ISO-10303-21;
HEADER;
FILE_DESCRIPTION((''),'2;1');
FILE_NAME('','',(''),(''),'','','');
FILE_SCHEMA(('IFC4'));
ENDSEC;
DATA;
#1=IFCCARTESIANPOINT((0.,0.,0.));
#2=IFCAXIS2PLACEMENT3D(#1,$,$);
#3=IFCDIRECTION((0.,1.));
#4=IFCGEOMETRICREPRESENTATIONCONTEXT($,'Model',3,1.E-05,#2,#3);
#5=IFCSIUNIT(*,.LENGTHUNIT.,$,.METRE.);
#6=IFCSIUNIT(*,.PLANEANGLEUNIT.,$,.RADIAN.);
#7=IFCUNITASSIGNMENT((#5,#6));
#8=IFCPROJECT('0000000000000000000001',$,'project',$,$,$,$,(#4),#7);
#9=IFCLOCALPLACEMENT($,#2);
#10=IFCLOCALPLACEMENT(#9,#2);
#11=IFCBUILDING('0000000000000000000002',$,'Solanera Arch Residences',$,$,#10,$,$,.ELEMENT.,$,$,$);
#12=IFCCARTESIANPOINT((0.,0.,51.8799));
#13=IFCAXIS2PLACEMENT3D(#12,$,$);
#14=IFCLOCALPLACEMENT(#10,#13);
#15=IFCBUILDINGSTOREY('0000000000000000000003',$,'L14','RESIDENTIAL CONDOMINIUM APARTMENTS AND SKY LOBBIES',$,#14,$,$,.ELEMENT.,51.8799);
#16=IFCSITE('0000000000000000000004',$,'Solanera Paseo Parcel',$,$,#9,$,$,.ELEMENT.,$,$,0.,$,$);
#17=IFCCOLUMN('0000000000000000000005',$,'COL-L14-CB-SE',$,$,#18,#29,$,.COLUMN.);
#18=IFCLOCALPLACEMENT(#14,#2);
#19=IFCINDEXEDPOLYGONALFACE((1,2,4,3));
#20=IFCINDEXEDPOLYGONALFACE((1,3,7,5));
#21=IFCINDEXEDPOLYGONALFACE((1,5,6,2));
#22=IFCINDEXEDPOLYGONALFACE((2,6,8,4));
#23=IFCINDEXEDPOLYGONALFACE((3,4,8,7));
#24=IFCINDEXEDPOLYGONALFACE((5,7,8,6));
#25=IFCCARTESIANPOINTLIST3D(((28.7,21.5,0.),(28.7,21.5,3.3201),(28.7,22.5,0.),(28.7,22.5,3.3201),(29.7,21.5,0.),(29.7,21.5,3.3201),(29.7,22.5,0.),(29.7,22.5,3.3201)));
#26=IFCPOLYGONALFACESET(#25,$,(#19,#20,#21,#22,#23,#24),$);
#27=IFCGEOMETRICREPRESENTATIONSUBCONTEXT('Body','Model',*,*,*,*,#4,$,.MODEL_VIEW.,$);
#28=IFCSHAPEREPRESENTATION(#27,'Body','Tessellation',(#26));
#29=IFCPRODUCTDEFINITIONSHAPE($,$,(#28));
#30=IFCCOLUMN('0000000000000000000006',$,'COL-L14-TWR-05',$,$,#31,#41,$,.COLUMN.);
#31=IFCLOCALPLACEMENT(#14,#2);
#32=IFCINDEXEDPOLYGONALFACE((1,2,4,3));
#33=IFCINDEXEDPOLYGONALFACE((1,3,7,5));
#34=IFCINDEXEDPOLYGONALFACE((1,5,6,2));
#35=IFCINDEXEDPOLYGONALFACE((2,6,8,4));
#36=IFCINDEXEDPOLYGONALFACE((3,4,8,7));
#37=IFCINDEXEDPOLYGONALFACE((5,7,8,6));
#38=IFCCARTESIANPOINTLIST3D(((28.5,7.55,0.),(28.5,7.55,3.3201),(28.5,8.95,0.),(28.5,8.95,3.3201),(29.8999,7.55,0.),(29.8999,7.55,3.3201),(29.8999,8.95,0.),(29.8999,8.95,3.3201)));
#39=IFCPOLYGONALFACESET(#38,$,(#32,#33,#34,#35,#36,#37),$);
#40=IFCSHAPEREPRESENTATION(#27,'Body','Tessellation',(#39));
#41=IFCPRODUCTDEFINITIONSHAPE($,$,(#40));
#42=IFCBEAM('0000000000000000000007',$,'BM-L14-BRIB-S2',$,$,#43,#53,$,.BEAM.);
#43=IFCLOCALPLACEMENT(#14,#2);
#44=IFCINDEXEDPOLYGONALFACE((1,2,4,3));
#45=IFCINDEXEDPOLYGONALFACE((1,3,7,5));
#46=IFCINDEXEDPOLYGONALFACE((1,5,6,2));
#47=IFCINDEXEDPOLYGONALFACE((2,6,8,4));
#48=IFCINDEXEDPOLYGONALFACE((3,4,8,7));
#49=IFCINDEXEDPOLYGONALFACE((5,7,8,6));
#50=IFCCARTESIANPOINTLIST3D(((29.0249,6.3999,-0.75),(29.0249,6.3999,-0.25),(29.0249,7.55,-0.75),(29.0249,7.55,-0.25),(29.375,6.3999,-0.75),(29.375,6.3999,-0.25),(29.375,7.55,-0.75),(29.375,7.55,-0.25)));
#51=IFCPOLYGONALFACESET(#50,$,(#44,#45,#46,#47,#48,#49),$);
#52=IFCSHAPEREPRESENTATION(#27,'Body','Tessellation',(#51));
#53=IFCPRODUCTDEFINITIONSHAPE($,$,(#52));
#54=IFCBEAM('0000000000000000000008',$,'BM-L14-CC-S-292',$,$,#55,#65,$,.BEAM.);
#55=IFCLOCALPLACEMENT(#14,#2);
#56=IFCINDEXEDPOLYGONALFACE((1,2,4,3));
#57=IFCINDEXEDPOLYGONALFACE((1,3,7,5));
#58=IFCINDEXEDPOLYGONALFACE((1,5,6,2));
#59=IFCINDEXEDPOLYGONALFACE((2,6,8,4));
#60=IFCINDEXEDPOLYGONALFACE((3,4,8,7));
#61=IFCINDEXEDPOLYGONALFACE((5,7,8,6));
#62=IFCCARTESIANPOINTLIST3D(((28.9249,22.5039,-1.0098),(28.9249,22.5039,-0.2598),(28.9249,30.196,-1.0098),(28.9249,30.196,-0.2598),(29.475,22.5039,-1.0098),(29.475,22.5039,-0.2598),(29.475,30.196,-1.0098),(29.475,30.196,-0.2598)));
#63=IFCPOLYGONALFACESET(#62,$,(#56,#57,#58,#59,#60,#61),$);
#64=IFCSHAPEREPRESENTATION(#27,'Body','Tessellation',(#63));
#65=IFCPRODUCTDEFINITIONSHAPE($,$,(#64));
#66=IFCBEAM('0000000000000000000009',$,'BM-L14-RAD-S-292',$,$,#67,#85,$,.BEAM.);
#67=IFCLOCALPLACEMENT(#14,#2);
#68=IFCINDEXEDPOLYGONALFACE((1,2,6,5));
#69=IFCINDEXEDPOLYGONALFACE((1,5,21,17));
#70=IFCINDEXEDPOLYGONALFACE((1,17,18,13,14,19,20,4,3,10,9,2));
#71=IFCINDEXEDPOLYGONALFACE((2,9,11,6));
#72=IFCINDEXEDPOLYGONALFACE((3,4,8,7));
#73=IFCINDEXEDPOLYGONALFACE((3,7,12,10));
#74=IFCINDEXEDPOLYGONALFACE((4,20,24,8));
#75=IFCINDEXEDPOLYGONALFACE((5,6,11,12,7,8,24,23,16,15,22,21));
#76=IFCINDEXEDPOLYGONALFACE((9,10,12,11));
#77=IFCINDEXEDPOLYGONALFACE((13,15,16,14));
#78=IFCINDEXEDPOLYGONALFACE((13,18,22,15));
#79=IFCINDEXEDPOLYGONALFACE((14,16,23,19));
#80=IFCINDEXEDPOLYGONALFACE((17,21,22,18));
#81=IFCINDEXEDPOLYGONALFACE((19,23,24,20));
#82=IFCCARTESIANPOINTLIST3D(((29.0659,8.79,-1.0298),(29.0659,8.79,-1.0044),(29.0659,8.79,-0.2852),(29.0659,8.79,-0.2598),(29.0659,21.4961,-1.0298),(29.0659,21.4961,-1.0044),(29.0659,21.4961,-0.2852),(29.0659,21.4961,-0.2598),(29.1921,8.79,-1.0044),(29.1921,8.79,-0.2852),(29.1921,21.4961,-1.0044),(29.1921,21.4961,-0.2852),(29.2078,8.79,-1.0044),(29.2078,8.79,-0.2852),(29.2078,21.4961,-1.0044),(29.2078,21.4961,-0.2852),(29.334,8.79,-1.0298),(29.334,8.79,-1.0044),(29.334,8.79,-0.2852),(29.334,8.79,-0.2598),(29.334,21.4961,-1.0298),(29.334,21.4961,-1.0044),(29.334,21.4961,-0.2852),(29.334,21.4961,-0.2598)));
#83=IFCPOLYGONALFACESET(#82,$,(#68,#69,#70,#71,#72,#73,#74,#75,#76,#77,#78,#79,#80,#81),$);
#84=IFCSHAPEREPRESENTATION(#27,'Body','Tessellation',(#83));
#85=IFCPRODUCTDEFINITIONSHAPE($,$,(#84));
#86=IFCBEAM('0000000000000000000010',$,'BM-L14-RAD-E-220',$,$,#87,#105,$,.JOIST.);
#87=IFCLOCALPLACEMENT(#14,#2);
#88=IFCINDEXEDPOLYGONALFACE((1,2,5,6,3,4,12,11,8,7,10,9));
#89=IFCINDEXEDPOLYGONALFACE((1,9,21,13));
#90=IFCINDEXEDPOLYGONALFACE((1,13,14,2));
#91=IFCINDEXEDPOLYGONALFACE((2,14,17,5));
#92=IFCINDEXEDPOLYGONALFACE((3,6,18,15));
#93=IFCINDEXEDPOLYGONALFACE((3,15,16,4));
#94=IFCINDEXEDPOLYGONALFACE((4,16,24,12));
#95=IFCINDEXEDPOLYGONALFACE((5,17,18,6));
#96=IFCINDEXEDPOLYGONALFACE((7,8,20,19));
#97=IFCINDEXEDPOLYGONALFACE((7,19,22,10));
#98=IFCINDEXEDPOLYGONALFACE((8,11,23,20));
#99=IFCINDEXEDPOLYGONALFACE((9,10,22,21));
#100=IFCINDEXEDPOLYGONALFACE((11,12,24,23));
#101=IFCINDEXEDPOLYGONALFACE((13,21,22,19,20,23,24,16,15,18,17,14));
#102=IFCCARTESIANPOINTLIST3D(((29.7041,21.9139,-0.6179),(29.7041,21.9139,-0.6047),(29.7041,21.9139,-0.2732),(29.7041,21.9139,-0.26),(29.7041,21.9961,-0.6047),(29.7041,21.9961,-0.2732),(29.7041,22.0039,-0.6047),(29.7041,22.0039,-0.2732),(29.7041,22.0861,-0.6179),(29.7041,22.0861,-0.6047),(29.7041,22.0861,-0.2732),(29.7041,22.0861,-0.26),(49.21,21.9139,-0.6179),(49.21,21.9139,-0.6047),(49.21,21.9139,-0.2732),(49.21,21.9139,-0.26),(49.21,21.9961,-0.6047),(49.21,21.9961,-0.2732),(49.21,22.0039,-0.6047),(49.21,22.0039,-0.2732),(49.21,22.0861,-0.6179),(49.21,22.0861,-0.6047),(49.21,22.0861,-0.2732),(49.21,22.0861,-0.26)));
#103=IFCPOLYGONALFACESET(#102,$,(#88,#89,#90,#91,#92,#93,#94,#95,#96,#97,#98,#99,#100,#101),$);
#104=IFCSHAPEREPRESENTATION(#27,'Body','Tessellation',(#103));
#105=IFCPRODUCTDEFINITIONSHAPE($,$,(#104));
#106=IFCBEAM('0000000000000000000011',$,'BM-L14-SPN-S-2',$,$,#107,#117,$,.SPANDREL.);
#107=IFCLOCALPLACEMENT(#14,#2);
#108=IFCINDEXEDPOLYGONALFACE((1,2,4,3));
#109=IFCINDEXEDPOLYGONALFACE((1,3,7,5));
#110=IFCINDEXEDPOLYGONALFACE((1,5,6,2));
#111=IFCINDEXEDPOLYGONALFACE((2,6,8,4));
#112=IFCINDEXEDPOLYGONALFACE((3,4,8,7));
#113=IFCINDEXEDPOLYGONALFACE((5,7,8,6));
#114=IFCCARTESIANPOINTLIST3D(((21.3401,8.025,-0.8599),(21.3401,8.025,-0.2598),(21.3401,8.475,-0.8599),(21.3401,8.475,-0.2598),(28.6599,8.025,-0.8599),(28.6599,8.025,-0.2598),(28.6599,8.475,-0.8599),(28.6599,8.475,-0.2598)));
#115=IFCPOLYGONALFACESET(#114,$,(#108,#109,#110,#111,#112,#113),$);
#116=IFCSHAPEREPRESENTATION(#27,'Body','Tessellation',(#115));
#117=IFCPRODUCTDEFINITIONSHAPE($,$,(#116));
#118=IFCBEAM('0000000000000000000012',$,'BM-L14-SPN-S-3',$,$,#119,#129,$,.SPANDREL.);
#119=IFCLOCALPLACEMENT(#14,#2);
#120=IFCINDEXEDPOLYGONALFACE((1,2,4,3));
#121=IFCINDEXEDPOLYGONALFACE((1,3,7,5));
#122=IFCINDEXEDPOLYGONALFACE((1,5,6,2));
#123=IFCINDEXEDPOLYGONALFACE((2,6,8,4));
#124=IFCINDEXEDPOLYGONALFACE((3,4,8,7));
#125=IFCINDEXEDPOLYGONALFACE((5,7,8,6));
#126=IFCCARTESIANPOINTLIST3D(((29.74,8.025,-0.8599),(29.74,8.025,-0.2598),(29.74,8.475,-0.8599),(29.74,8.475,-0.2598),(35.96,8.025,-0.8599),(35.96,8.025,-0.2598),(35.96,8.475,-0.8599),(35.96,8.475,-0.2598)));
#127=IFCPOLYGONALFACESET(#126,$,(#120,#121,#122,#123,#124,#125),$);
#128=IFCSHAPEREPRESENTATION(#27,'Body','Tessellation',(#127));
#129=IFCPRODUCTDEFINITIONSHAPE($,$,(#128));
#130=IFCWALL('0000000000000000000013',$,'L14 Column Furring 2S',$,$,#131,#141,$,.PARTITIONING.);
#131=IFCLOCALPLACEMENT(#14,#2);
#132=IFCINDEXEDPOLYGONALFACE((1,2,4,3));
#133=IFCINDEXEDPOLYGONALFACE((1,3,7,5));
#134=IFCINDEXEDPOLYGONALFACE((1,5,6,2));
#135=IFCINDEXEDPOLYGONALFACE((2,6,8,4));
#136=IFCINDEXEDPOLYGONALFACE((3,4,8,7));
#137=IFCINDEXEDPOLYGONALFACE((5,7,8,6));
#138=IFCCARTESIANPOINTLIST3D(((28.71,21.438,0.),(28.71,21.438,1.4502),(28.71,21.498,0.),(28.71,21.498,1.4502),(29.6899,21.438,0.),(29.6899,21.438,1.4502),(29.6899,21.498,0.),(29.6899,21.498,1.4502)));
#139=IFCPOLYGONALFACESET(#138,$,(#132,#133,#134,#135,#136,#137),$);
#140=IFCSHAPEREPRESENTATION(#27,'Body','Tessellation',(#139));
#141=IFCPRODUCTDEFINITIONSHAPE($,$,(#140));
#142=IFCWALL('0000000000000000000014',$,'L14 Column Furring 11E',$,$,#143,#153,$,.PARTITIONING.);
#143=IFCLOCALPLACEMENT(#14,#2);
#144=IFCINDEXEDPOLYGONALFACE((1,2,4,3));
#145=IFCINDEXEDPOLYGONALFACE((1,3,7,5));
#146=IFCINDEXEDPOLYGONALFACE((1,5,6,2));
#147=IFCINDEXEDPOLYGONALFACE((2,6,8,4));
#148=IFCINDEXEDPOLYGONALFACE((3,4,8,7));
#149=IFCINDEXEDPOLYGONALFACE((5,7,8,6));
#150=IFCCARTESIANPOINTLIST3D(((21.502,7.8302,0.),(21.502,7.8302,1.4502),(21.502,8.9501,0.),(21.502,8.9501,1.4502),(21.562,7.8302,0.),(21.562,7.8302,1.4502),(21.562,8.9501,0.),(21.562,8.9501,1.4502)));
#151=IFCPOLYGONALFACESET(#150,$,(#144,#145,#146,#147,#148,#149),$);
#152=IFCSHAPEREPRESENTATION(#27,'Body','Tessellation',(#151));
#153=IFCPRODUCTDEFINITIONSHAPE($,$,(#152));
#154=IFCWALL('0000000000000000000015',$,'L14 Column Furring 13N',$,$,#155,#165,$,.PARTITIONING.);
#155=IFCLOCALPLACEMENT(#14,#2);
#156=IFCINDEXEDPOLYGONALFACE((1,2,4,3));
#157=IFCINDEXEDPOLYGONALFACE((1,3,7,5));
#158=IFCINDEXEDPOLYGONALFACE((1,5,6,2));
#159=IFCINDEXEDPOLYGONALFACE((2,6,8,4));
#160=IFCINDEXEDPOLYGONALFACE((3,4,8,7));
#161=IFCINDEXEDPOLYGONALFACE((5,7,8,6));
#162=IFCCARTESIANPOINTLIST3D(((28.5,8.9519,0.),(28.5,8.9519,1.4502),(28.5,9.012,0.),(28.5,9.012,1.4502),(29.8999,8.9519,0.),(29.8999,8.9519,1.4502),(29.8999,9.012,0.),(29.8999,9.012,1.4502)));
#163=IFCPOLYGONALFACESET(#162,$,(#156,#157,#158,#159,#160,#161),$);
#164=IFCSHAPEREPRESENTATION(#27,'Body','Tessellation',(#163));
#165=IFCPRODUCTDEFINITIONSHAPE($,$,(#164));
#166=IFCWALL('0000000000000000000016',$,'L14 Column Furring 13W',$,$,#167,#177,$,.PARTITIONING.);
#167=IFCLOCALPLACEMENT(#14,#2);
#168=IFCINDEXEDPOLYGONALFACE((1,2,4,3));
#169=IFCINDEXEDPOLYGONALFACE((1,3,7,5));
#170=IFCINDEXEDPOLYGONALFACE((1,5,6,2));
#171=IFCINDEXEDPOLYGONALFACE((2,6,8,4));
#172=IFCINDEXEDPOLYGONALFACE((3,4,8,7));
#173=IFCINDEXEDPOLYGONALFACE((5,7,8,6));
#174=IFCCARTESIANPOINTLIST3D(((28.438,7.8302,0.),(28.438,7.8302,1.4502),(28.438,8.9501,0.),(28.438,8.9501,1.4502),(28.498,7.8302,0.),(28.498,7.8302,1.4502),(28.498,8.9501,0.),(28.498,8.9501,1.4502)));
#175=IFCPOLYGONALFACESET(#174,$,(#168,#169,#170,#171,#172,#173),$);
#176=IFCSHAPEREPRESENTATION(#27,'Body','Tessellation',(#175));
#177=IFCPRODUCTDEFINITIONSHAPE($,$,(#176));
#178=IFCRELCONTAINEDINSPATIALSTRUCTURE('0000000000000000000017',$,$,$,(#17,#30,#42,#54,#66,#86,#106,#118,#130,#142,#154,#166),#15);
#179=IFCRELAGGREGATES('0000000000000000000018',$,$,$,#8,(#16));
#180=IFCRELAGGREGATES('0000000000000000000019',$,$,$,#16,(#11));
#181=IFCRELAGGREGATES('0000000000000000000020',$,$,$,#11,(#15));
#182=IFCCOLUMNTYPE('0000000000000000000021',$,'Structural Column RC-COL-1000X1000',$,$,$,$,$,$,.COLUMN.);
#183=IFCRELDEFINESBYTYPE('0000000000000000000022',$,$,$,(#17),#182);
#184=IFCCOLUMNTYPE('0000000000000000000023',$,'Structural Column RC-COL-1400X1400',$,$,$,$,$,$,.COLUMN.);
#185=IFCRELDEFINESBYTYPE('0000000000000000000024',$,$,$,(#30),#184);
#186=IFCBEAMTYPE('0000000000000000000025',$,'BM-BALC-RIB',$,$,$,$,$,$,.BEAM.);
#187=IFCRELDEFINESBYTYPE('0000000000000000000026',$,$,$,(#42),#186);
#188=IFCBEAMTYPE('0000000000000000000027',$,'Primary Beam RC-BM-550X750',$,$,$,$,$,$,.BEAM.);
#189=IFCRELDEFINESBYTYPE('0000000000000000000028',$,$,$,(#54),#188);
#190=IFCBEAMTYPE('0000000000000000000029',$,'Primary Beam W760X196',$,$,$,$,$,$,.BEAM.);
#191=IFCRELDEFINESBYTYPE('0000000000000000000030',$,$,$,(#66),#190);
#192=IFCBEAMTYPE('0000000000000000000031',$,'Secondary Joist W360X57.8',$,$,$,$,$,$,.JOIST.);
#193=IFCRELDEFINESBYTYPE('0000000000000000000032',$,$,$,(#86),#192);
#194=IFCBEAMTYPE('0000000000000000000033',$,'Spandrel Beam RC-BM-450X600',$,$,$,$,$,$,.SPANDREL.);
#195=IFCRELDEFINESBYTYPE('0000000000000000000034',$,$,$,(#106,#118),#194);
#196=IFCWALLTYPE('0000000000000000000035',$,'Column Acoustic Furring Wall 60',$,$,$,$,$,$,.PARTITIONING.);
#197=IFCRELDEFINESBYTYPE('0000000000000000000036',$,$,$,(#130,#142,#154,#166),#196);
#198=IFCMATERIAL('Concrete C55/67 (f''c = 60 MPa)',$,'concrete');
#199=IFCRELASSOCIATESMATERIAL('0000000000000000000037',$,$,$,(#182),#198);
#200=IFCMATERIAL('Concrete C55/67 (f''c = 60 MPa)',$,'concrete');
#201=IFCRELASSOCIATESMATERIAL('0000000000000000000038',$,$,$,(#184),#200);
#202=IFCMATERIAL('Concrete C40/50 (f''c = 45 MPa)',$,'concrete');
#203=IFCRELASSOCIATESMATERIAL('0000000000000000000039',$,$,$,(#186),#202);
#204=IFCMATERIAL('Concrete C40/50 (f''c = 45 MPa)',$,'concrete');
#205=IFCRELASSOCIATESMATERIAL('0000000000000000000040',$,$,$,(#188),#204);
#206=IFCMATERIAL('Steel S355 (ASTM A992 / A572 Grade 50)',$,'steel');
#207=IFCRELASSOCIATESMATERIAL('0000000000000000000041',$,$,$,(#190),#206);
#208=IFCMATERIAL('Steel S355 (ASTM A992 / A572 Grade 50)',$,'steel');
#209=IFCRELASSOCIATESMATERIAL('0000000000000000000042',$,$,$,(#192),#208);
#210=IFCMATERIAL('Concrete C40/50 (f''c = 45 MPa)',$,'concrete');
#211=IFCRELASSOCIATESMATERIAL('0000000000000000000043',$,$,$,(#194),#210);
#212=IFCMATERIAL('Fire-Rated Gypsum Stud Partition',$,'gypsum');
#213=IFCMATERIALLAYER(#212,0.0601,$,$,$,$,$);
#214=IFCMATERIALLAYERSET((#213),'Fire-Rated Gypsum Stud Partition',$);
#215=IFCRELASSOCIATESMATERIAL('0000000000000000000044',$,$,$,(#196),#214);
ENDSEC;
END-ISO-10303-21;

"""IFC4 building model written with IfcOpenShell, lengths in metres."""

from ifc_helpers import new_model, si_unit, direction, frame, frame_2d, origin, origin_2d, place, context, subcontext, project, spatial, rectangle, i_section, extrude, material, layer, layer_set, material_profile, profile_set, type_object, element, save


model = new_model("IFC4")

# Units and contexts
model_context = context("Model", 3, precision=1e-05, world=origin(), true_north=direction((0.0, 1.0)))
body_context = subcontext(model_context, "Body", "Model", "MODEL_VIEW")
ifc_project = project(units=[si_unit("LENGTHUNIT", "METRE"), si_unit("PLANEANGLEUNIT", "RADIAN")], contexts=[model_context])

# Site, building, storey
site_placement = place(None, origin())
site = spatial("IfcSite", under=ifc_project, at=site_placement, Name="Solanera Paseo Parcel", CompositionType="ELEMENT", RefElevation=0.0)
building_placement = place(site_placement, origin())
building = spatial("IfcBuilding", under=site, at=building_placement, Name="Solanera Arch Residences", CompositionType="ELEMENT")
storey_placement = place(building_placement, frame((0.0, 0.0, 51.8799)))
storey = spatial("IfcBuildingStorey", under=building, at=storey_placement, Name="L14", Description="RESIDENTIAL CONDOMINIUM APARTMENTS AND SKY LOBBIES", CompositionType="ELEMENT", Elevation=51.8799)

# Columns
ifc_material_1 = material(Name="Concrete C55/67 (f'c = 60 MPa)", Category="concrete")
ifc_material_profile_1 = material_profile(ifc_material_1, rectangle(XDim=1.0, YDim=1.0, at=origin_2d()))
ifc_profile_set_1 = profile_set([ifc_material_profile_1], Name="Concrete C55/67 (f'c = 60 MPa)")
column_type_1 = type_object("IfcColumnType", Name="Structural Column RC-COL-1000X1000", PredefinedType="COLUMN", material=ifc_profile_set_1)
column_1_placement = place(storey_placement, frame((29.2, 22.0, 0.0), z_axis=(0.0, 0.0, 1.0), x_axis=(1.0, 0.0, 0.0)))
element("IfcColumn", 1, at=column_1_placement, inside=storey, type_object=column_type_1, Name="COL-L14-CB-SE", PredefinedType="COLUMN", context=body_context, shape_type="SweptSolid", body=[
    extrude(rectangle(XDim=1.0, YDim=1.0, at=origin_2d()), origin(), (0.0, 0.0, 1.0), 3.3201),
])
ifc_material_2 = material(Name="Concrete C55/67 (f'c = 60 MPa)", Category="concrete")
ifc_material_profile_2 = material_profile(ifc_material_2, rectangle(XDim=1.3999, YDim=1.3999, at=origin_2d()))
ifc_profile_set_2 = profile_set([ifc_material_profile_2], Name="Concrete C55/67 (f'c = 60 MPa)")
column_type_2 = type_object("IfcColumnType", Name="Structural Column RC-COL-1400X1400", PredefinedType="COLUMN", material=ifc_profile_set_2)
column_2_placement = place(storey_placement, frame((29.2, 8.25, 0.0), z_axis=(0.0, 0.0, 1.0), x_axis=(1.0, 0.0, 0.0)))
element("IfcColumn", 2, at=column_2_placement, inside=storey, type_object=column_type_2, Name="COL-L14-TWR-05", PredefinedType="COLUMN", context=body_context, shape_type="SweptSolid", body=[
    extrude(rectangle(XDim=1.3999, YDim=1.3999, at=origin_2d()), origin(), (0.0, 0.0, 1.0), 3.3201),
])

# Beams
ifc_material_3 = material(Name="Concrete C40/50 (f'c = 45 MPa)", Category="concrete")
ifc_material_profile_3 = material_profile(ifc_material_3, rectangle(XDim=0.3501, YDim=0.5, at=origin_2d()))
ifc_profile_set_3 = profile_set([ifc_material_profile_3], Name="Concrete C40/50 (f'c = 45 MPa)")
beam_type_1 = type_object("IfcBeamType", Name="BM-BALC-RIB", PredefinedType="BEAM", material=ifc_profile_set_3)
beam_1_placement = place(storey_placement, frame((29.2, 6.3999, -0.5), z_axis=(0.0, 1.0, 0.0), x_axis=(-1.0, 0.0, 0.0)))
element("IfcBeam", 3, at=beam_1_placement, inside=storey, type_object=beam_type_1, Name="BM-L14-BRIB-S2", PredefinedType="BEAM", context=body_context, shape_type="SweptSolid", body=[
    extrude(rectangle(XDim=0.3501, YDim=0.5, at=origin_2d()), origin(), (0.0, 0.0, 1.0), 1.1501),
])
ifc_material_4 = material(Name="Concrete C40/50 (f'c = 45 MPa)", Category="concrete")
ifc_material_profile_4 = material_profile(ifc_material_4, rectangle(XDim=0.55, YDim=0.75, at=origin_2d()))
ifc_profile_set_4 = profile_set([ifc_material_profile_4], Name="Concrete C40/50 (f'c = 45 MPa)")
beam_type_2 = type_object("IfcBeamType", Name="Primary Beam RC-BM-550X750", PredefinedType="BEAM", material=ifc_profile_set_4)
beam_2_placement = place(storey_placement, frame((29.2, 22.5039, -0.6348), z_axis=(0.0, 1.0, 0.0), x_axis=(-1.0, 0.0, 0.0)))
element("IfcBeam", 4, at=beam_2_placement, inside=storey, type_object=beam_type_2, Name="BM-L14-CC-S-292", PredefinedType="BEAM", context=body_context, shape_type="SweptSolid", body=[
    extrude(rectangle(XDim=0.55, YDim=0.75, at=origin_2d()), origin(), (0.0, 0.0, 1.0), 7.6921),
])
ifc_material_5 = material(Name="Steel S355 (ASTM A992 / A572 Grade 50)", Category="steel")
ifc_material_profile_5 = material_profile(ifc_material_5, i_section(OverallWidth=0.2681, OverallDepth=0.77, WebThickness=0.0156, FlangeThickness=0.0254, at=origin_2d()))
ifc_profile_set_5 = profile_set([ifc_material_profile_5], Name="Steel S355 (ASTM A992 / A572 Grade 50)")
beam_type_3 = type_object("IfcBeamType", Name="Primary Beam W760X196", PredefinedType="BEAM", material=ifc_profile_set_5)
beam_3_placement = place(storey_placement, frame((29.2, 8.79, -0.6448), z_axis=(0.0, 1.0, 0.0), x_axis=(-1.0, 0.0, 0.0)))
element("IfcBeam", 5, at=beam_3_placement, inside=storey, type_object=beam_type_3, Name="BM-L14-RAD-S-292", PredefinedType="BEAM", context=body_context, shape_type="SweptSolid", body=[
    extrude(i_section(OverallWidth=0.2681, OverallDepth=0.77, WebThickness=0.0156, FlangeThickness=0.0254, at=origin_2d()), origin(), (0.0, 0.0, 1.0), 12.7061),
])
ifc_material_6 = material(Name="Steel S355 (ASTM A992 / A572 Grade 50)", Category="steel")
ifc_material_profile_6 = material_profile(ifc_material_6, i_section(OverallWidth=0.1721, OverallDepth=0.3579, WebThickness=0.0078, FlangeThickness=0.0132, at=origin_2d()))
ifc_profile_set_6 = profile_set([ifc_material_profile_6], Name="Steel S355 (ASTM A992 / A572 Grade 50)")
beam_type_4 = type_object("IfcBeamType", Name="Secondary Joist W360X57.8", PredefinedType="JOIST", material=ifc_profile_set_6)
beam_4_placement = place(storey_placement, frame((29.7041, 22.0, -0.439), z_axis=(1.0, 0.0, 0.0), x_axis=(0.0, 1.0, 0.0)))
element("IfcBeam", 6, at=beam_4_placement, inside=storey, type_object=beam_type_4, Name="BM-L14-RAD-E-220", PredefinedType="JOIST", context=body_context, shape_type="SweptSolid", body=[
    extrude(i_section(OverallWidth=0.1721, OverallDepth=0.3579, WebThickness=0.0078, FlangeThickness=0.0132, at=origin_2d()), origin(), (0.0, 0.0, 1.0), 19.5059),
])
ifc_material_7 = material(Name="Concrete C40/50 (f'c = 45 MPa)", Category="concrete")
ifc_material_profile_7 = material_profile(ifc_material_7, rectangle(XDim=0.45, YDim=0.6001, at=origin_2d()))
ifc_profile_set_7 = profile_set([ifc_material_profile_7], Name="Concrete C40/50 (f'c = 45 MPa)")
beam_type_5 = type_object("IfcBeamType", Name="Spandrel Beam RC-BM-450X600", PredefinedType="SPANDREL", material=ifc_profile_set_7)
beam_5_placement = place(storey_placement, frame((21.3401, 8.25, -0.5598), z_axis=(1.0, 0.0, 0.0), x_axis=(0.0, 1.0, 0.0)))
element("IfcBeam", 7, at=beam_5_placement, inside=storey, type_object=beam_type_5, Name="BM-L14-SPN-S-2", PredefinedType="SPANDREL", context=body_context, shape_type="SweptSolid", body=[
    extrude(rectangle(XDim=0.45, YDim=0.6001, at=origin_2d()), origin(), (0.0, 0.0, 1.0), 7.3198),
])
beam_6_placement = place(storey_placement, frame((29.74, 8.25, -0.5598), z_axis=(1.0, 0.0, 0.0), x_axis=(0.0, 1.0, 0.0)))
element("IfcBeam", 8, at=beam_6_placement, inside=storey, type_object=beam_type_5, Name="BM-L14-SPN-S-3", PredefinedType="SPANDREL", context=body_context, shape_type="SweptSolid", body=[
    extrude(rectangle(XDim=0.45, YDim=0.6001, at=origin_2d()), origin(), (0.0, 0.0, 1.0), 6.22),
])

# Walls
ifc_material_8 = material(Name="Fire-Rated Gypsum Stud Partition", Category="gypsum")
ifc_layer_1 = layer(ifc_material_8, 0.0601)
ifc_layer_set_1 = layer_set([ifc_layer_1], Name="Fire-Rated Gypsum Stud Partition")
wall_type_1 = type_object("IfcWallType", Name="Column Acoustic Furring Wall 60", PredefinedType="PARTITIONING", material=ifc_layer_set_1)
wall_1_placement = place(storey_placement, frame((28.71, 21.468, 0.0), z_axis=(0.0, 0.0, 1.0), x_axis=(1.0, 0.0, 0.0)))
element("IfcWall", 9, at=wall_1_placement, inside=storey, type_object=wall_type_1, Name="L14 Column Furring 2S", PredefinedType="PARTITIONING", context=body_context, shape_type="SweptSolid", body=[
    extrude(rectangle(XDim=0.98, YDim=0.0601, at=frame_2d((0.49, 0.0))), origin(), (0.0, 0.0, 1.0), 1.4502),
])
wall_2_placement = place(storey_placement, frame((21.532, 7.8301, 0.0), z_axis=(0.0, 0.0, 1.0), x_axis=(0.0, 1.0, 0.0)))
element("IfcWall", 10, at=wall_2_placement, inside=storey, type_object=wall_type_1, Name="L14 Column Furring 11E", PredefinedType="PARTITIONING", context=body_context, shape_type="SweptSolid", body=[
    extrude(rectangle(XDim=1.1199, YDim=0.0601, at=frame_2d((0.5601, 0.0))), origin(), (0.0, 0.0, 1.0), 1.4502),
])
wall_3_placement = place(storey_placement, frame((28.5, 8.9819, 0.0), z_axis=(0.0, 0.0, 1.0), x_axis=(1.0, 0.0, 0.0)))
element("IfcWall", 11, at=wall_3_placement, inside=storey, type_object=wall_type_1, Name="L14 Column Furring 13N", PredefinedType="PARTITIONING", context=body_context, shape_type="SweptSolid", body=[
    extrude(rectangle(XDim=1.3999, YDim=0.0601, at=frame_2d((0.7, 0.0))), origin(), (0.0, 0.0, 1.0), 1.4502),
])
for number, where, z_axis, x_axis, name in (
    (12, (28.468, 7.8301, 0.0), (0.0, 0.0, 1.0), (0.0, 1.0, 0.0), "L14 Column Furring 13W"),
):
    element("IfcWall", number, at=place(storey_placement, frame(where, z_axis=z_axis, x_axis=x_axis)), inside=storey, type_object=wall_type_1, Name=name, PredefinedType="PARTITIONING", context=body_context, shape_type="SweptSolid", body=[
        extrude(rectangle(XDim=1.1199, YDim=0.0601, at=frame_2d((0.5601, 0.0))), origin(), (0.0, 0.0, 1.0), 1.4502),
    ])

save(model, "model.ifc")
